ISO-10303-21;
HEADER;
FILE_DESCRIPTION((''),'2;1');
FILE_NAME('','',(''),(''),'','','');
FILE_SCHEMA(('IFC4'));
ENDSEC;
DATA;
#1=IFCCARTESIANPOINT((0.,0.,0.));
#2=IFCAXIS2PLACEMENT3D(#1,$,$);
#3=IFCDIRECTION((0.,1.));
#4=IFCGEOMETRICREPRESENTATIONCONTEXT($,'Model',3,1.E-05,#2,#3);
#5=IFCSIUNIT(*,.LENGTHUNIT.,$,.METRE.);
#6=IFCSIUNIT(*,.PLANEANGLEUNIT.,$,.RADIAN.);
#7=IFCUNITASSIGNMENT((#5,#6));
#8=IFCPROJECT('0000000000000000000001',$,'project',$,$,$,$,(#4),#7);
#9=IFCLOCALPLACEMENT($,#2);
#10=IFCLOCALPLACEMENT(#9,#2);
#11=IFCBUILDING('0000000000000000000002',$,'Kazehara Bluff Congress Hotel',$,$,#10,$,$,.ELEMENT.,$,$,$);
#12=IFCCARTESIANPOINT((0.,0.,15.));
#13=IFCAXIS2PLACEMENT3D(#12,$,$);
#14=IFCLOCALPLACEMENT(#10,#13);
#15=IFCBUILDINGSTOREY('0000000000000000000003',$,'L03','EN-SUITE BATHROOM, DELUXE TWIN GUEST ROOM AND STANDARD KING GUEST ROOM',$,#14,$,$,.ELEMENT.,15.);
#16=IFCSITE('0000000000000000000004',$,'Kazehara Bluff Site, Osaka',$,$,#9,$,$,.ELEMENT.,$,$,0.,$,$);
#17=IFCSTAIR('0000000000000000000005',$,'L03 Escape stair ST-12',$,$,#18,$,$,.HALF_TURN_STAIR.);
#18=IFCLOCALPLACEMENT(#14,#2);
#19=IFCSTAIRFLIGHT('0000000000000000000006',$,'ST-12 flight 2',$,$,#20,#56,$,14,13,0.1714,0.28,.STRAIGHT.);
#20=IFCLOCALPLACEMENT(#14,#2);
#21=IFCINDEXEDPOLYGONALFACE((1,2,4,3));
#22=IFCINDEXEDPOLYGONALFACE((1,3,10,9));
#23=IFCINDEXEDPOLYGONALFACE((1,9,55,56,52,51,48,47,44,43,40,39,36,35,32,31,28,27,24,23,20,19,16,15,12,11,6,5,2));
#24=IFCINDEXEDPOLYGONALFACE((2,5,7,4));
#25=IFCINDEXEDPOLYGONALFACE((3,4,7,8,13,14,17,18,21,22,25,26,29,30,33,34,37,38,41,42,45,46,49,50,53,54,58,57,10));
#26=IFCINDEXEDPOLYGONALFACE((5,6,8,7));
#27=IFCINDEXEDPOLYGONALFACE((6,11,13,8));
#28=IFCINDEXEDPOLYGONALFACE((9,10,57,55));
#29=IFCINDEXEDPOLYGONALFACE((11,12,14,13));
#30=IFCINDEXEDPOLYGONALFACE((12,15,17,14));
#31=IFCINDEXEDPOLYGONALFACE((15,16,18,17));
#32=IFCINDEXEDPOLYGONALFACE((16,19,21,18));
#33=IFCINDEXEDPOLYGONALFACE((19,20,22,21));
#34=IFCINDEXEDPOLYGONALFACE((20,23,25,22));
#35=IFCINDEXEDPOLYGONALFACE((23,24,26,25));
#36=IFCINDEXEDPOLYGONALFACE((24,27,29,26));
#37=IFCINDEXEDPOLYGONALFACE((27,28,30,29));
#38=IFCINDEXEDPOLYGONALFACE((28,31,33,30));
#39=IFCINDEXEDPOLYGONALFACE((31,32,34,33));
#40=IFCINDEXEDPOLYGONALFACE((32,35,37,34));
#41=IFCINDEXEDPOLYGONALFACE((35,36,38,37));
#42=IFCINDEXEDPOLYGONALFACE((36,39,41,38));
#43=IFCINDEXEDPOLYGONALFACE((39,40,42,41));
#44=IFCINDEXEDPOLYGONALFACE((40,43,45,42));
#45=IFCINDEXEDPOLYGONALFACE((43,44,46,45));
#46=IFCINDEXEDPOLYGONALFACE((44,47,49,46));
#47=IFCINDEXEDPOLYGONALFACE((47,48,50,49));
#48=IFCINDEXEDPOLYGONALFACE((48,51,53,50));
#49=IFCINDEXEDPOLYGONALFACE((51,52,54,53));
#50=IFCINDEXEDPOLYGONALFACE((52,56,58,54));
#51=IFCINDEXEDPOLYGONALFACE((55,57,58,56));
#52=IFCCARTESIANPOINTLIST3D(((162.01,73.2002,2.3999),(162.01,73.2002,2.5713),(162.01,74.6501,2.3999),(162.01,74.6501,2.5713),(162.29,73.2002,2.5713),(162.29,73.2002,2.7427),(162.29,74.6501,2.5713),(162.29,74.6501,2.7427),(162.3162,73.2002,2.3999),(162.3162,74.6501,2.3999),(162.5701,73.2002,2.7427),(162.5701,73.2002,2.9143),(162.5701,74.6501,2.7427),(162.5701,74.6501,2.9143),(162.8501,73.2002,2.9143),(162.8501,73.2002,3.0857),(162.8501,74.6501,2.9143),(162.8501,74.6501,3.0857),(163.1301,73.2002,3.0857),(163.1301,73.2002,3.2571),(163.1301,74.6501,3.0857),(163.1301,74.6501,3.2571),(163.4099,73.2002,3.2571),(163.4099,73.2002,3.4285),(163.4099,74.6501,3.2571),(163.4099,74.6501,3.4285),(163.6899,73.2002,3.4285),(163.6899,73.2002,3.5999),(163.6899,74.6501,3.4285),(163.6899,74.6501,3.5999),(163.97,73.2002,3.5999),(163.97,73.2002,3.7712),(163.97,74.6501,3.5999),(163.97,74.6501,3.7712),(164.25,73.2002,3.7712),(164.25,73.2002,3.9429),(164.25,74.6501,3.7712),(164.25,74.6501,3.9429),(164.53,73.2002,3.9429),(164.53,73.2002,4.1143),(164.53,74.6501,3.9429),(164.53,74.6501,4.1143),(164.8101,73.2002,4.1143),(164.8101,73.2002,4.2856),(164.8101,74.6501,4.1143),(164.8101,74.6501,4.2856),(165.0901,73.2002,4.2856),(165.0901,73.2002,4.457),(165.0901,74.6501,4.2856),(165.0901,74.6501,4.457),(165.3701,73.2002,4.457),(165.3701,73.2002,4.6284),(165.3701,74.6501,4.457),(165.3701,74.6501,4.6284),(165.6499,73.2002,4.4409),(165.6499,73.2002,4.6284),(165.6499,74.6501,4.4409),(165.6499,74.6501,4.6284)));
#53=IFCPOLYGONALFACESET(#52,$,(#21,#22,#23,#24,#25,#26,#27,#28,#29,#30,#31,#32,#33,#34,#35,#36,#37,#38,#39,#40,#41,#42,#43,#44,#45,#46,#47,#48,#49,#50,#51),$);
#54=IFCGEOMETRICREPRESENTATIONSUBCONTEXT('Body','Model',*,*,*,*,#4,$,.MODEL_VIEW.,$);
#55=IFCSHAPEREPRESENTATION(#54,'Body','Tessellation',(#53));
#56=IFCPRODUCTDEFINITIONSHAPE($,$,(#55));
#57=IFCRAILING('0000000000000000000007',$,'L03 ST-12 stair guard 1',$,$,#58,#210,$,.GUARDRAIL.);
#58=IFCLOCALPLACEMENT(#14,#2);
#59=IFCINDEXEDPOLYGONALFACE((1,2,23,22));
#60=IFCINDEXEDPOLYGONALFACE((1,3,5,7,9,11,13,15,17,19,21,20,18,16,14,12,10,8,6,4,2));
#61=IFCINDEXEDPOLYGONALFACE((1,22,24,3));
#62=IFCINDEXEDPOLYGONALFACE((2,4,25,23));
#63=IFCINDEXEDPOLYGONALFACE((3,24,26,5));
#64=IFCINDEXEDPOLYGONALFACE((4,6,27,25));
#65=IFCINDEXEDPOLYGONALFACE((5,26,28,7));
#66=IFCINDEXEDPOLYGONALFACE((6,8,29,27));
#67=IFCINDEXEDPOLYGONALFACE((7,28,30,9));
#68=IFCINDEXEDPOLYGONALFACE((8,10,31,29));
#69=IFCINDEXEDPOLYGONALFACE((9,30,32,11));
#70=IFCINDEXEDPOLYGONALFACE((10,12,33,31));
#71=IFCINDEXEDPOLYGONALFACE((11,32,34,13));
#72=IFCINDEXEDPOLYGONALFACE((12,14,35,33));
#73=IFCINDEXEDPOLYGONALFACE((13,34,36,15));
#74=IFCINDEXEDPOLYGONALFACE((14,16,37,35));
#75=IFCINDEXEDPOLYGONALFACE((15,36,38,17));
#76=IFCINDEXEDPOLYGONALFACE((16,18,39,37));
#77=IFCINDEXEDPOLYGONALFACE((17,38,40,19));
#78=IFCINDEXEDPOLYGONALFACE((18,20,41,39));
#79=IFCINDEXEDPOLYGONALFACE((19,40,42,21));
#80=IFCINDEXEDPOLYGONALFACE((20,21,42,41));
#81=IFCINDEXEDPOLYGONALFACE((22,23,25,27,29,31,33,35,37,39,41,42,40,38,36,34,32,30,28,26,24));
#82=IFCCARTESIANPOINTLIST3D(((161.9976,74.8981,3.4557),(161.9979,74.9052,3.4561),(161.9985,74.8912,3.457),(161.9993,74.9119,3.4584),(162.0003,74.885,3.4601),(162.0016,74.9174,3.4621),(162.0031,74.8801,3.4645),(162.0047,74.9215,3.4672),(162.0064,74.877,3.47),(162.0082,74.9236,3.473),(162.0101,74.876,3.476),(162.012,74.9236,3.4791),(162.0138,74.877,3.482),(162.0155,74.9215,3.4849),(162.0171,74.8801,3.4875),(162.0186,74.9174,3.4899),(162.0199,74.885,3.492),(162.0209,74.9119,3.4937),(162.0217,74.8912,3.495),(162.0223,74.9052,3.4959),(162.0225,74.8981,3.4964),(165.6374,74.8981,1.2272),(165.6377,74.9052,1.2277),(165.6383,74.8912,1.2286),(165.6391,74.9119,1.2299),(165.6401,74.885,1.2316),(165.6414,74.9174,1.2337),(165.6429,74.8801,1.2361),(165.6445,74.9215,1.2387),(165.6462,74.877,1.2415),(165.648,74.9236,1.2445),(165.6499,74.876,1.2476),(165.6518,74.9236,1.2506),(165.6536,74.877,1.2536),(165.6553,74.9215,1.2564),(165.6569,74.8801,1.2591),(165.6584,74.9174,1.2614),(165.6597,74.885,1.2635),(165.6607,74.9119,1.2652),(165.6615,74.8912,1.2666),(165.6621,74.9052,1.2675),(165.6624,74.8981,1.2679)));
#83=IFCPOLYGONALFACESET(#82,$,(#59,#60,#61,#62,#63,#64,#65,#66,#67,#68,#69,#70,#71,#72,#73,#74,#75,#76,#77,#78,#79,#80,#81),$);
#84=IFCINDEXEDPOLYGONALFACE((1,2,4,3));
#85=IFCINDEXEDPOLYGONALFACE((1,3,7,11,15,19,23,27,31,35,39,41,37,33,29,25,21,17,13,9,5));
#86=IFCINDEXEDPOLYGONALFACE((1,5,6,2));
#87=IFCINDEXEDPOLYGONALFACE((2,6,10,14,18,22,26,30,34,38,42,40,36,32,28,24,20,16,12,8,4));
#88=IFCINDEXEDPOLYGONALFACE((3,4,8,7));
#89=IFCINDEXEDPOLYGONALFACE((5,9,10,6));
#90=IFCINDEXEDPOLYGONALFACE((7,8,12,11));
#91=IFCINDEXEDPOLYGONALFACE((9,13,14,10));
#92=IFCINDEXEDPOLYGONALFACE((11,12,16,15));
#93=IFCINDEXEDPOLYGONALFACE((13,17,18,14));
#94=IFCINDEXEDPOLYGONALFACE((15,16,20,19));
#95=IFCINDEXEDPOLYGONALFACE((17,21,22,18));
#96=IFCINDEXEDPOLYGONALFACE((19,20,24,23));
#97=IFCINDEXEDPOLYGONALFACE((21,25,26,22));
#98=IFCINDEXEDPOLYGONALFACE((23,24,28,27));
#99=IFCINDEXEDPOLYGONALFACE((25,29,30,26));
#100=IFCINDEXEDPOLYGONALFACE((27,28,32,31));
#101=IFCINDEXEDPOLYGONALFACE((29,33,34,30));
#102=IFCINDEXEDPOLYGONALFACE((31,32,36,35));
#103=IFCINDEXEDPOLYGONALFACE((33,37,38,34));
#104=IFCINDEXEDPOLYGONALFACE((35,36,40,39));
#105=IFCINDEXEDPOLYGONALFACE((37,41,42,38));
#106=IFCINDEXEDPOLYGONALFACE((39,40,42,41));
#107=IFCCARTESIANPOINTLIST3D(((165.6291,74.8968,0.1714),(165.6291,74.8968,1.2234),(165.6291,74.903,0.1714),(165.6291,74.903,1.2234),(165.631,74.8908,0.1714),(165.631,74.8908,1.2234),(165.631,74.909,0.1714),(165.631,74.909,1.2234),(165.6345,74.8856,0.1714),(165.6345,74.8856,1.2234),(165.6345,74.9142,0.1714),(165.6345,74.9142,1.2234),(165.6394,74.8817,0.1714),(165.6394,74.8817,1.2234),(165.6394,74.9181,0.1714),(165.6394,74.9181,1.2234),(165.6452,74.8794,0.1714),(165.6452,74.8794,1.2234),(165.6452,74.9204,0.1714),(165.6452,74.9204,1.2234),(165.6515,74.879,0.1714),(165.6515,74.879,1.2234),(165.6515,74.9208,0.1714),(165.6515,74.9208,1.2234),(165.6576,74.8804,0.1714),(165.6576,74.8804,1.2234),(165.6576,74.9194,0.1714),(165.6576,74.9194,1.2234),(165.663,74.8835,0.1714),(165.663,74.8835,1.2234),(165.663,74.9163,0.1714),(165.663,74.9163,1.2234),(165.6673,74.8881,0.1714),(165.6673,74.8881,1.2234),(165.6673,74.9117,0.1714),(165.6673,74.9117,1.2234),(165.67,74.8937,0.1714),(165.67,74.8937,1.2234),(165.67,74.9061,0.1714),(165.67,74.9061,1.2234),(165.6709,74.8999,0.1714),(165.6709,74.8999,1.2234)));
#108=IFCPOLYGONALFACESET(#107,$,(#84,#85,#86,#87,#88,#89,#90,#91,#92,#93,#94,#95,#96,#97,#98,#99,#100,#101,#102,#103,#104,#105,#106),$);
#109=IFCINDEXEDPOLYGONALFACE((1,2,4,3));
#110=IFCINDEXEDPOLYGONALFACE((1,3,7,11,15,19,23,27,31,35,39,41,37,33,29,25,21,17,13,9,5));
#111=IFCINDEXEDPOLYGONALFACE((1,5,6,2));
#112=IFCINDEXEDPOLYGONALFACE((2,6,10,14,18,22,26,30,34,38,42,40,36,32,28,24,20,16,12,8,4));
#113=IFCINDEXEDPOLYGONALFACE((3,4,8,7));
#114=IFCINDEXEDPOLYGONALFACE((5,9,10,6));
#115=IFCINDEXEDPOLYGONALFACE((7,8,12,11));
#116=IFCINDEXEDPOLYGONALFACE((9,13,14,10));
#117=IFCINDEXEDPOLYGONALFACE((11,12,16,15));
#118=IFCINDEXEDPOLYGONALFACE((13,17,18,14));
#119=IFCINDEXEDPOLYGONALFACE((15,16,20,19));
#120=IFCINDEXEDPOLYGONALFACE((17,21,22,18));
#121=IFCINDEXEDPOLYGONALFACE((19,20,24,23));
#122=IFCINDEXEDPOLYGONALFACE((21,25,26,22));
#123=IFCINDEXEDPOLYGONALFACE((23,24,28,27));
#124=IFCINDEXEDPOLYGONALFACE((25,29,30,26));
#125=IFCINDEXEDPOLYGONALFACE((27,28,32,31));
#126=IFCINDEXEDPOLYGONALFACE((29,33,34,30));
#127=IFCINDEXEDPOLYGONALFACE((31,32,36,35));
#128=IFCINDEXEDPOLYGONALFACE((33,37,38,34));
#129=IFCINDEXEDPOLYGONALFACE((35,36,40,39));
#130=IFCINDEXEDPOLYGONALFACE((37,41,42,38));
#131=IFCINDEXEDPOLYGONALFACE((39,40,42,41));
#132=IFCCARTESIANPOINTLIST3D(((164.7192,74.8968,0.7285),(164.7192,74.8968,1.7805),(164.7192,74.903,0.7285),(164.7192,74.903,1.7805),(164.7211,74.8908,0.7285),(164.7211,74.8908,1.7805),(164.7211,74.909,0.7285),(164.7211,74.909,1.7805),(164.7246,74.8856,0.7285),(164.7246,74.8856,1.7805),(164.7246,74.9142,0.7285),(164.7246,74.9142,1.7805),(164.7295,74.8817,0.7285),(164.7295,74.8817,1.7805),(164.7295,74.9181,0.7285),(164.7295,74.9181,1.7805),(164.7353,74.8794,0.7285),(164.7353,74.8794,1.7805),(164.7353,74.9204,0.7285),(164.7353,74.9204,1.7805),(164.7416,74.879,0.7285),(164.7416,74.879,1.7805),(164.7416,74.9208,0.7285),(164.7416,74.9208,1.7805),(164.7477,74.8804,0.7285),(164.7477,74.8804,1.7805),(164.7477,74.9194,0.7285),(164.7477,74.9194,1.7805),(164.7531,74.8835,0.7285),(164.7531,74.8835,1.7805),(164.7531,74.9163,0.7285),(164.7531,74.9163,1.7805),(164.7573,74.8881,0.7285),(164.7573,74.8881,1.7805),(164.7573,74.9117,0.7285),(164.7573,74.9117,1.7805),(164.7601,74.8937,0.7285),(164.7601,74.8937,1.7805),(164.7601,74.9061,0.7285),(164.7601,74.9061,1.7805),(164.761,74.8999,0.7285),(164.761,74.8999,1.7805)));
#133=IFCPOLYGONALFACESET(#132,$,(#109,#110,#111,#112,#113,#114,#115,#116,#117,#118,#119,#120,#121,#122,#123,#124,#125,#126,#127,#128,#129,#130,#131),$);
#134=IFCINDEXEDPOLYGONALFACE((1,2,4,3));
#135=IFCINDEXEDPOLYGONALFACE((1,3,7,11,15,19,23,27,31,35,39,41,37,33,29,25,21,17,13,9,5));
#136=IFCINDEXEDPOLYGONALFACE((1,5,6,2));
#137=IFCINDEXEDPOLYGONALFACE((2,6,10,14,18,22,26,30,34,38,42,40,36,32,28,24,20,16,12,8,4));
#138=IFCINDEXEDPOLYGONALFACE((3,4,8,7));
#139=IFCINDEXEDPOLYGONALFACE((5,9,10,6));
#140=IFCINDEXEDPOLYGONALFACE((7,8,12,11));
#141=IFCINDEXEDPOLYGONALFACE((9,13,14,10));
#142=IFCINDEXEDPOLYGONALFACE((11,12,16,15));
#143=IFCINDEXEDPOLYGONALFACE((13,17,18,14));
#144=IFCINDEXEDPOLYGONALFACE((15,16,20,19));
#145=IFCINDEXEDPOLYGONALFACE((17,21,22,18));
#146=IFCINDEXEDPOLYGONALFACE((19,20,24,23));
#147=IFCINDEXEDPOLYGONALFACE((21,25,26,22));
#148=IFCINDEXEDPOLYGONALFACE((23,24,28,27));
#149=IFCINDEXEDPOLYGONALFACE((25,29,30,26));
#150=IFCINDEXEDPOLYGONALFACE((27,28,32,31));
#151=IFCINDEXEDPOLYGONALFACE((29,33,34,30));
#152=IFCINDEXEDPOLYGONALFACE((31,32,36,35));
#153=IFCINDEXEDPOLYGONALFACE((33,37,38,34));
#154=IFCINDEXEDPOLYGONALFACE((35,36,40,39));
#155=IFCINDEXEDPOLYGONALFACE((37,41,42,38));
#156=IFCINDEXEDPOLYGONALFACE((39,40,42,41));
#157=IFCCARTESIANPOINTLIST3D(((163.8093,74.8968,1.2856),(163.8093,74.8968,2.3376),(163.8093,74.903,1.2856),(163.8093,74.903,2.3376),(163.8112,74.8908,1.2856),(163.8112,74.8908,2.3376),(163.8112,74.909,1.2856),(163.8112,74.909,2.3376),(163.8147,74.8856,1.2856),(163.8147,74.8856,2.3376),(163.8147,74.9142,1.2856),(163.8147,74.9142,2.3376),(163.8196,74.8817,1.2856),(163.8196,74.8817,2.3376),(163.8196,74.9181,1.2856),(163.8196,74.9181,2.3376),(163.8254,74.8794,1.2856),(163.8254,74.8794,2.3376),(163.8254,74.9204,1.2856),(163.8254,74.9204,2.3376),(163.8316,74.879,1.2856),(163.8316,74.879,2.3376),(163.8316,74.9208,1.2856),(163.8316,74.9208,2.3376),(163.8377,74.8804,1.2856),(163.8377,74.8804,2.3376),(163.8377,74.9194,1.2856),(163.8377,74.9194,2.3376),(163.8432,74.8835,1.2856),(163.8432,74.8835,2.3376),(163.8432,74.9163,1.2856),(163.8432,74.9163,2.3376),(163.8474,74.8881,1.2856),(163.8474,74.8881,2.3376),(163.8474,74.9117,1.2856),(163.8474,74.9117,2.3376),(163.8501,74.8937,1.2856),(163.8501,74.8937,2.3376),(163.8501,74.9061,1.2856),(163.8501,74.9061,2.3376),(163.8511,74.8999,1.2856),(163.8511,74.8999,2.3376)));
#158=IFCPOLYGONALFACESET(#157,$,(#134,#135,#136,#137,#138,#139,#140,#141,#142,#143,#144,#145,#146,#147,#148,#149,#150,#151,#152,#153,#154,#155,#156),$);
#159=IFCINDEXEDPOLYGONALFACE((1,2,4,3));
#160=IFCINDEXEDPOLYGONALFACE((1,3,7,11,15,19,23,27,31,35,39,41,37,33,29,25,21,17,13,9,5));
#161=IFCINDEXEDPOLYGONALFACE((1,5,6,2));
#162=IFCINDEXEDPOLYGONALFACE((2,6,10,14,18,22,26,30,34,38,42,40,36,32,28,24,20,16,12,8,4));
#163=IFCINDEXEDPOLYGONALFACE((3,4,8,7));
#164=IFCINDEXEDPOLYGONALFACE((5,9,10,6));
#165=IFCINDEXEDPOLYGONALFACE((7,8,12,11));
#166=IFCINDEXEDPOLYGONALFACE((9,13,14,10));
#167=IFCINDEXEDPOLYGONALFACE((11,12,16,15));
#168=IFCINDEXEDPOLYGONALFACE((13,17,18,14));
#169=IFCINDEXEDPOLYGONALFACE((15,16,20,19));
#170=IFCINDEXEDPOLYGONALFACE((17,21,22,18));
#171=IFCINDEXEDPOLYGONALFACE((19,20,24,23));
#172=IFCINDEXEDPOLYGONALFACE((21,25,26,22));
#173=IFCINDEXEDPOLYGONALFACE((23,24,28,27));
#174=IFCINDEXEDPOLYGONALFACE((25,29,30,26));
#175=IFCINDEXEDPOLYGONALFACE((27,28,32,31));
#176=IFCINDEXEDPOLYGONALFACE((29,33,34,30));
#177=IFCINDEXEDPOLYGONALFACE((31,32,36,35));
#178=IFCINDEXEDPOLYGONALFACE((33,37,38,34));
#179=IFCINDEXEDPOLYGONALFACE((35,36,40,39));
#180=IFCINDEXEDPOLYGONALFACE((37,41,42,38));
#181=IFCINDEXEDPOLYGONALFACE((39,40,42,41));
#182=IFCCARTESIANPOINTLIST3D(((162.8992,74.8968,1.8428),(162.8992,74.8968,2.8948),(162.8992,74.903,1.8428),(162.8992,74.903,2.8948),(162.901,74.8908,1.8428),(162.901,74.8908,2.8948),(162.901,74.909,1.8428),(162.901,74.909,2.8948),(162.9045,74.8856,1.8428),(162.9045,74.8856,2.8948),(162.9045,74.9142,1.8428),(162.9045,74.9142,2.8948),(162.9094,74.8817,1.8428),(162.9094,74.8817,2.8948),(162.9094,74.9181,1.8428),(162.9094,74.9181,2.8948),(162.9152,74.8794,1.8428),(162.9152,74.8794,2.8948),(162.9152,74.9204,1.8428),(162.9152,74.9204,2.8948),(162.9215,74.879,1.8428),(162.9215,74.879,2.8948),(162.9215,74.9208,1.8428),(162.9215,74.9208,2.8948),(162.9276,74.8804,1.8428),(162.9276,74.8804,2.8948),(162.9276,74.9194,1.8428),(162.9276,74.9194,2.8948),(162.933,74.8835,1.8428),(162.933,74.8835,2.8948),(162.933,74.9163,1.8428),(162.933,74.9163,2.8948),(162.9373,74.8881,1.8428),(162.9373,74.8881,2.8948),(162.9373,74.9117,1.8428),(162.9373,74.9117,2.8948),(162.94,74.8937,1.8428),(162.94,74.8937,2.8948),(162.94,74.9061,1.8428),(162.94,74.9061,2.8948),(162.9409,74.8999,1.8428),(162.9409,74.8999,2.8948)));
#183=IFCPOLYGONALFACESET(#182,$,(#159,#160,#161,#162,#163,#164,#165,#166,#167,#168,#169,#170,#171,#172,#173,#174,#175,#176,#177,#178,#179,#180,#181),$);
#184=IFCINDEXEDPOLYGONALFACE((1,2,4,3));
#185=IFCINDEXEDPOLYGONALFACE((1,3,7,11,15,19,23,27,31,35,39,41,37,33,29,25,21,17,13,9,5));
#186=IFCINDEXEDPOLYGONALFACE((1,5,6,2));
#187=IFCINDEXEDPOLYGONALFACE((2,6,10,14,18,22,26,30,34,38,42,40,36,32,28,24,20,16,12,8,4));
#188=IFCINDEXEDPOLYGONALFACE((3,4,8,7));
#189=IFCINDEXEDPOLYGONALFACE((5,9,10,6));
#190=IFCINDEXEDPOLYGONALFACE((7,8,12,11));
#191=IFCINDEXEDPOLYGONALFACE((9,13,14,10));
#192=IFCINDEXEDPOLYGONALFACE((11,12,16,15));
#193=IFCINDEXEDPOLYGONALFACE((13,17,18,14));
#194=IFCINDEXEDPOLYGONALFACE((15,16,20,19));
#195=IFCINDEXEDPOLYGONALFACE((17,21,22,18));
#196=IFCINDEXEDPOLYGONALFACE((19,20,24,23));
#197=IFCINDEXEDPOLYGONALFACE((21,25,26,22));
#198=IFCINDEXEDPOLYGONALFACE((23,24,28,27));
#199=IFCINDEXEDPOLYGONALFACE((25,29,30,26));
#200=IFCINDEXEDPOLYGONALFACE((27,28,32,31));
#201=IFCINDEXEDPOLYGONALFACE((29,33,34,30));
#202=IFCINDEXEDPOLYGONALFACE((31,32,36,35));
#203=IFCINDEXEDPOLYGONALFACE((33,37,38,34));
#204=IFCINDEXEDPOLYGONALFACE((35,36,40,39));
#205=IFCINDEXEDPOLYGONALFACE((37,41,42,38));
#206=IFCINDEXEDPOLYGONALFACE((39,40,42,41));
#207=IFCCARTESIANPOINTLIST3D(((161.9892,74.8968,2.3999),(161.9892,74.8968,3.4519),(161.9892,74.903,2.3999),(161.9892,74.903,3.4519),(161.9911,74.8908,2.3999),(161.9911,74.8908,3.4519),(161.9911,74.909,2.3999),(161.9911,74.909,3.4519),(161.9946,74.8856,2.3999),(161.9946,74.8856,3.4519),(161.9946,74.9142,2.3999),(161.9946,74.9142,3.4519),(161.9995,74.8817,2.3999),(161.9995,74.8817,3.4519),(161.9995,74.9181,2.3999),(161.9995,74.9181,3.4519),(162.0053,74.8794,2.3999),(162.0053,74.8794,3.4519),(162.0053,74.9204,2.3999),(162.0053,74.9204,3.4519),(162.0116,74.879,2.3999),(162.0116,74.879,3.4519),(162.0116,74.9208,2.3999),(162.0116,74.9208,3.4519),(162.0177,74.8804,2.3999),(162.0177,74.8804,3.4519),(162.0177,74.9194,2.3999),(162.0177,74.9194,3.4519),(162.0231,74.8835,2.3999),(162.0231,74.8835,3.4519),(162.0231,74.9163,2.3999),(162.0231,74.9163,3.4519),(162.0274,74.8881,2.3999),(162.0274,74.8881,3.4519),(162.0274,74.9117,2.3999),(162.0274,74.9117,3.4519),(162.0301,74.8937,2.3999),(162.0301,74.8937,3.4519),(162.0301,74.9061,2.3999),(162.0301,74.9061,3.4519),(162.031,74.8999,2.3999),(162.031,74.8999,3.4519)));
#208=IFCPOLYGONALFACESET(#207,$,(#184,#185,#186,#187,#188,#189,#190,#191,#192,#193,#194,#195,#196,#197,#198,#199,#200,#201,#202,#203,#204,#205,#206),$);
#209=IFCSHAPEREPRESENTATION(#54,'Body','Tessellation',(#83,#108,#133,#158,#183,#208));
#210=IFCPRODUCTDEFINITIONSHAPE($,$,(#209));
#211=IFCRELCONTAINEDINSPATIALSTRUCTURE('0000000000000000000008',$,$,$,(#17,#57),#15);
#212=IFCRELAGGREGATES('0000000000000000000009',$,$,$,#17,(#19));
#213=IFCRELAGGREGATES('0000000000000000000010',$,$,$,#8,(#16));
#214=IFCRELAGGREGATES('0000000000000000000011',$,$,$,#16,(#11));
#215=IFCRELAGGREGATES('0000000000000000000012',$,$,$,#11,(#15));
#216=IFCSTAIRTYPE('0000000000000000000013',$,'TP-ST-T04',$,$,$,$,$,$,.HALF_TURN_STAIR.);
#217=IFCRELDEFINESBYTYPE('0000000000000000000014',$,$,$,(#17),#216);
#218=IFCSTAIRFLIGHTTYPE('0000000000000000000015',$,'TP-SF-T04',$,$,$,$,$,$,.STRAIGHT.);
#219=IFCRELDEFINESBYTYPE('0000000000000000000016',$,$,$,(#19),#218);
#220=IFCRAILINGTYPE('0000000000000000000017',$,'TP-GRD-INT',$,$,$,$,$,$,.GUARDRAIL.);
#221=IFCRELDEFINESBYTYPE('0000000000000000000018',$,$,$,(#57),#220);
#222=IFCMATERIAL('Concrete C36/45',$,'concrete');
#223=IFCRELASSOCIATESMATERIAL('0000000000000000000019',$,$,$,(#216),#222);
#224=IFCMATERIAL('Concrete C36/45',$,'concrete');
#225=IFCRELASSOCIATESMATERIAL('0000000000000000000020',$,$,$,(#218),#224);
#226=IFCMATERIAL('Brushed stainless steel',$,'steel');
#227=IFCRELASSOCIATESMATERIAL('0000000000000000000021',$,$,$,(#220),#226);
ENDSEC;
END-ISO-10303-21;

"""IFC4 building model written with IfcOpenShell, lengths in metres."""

from ifc_helpers import new_model, si_unit, direction, frame, origin, origin_2d, place, context, subcontext, project, spatial, polyline, circle, outline, extrude, material, type_object, element, aggregate, save


model = new_model("IFC4")

# Units and contexts
model_context = context("Model", 3, precision=1e-05, world=origin(), true_north=direction((0.0, 1.0)))
body_context = subcontext(model_context, "Body", "Model", "MODEL_VIEW")
ifc_project = project(units=[si_unit("LENGTHUNIT", "METRE"), si_unit("PLANEANGLEUNIT", "RADIAN")], contexts=[model_context])

# Site, building, storey
site_placement = place(None, origin())
site = spatial("IfcSite", under=ifc_project, at=site_placement, Name="Kazehara Bluff Site, Osaka", CompositionType="ELEMENT", RefElevation=0.0)
building_placement = place(site_placement, origin())
building = spatial("IfcBuilding", under=site, at=building_placement, Name="Kazehara Bluff Congress Hotel", CompositionType="ELEMENT")
storey_placement = place(building_placement, frame((0.0, 0.0, 15.0)))
storey = spatial("IfcBuildingStorey", under=building, at=storey_placement, Name="L03", Description="EN-SUITE BATHROOM, DELUXE TWIN GUEST ROOM AND STANDARD KING GUEST ROOM", CompositionType="ELEMENT", Elevation=15.0)

# Stair, stair flight
ifc_material_1 = material(Name="Concrete C36/45", Category="concrete")
stair_type = type_object("IfcStairType", Name="TP-ST-T04", PredefinedType="HALF_TURN_STAIR", material=ifc_material_1)
stair_placement = place(storey_placement, origin())
stair = element("IfcStair", 1, at=stair_placement, inside=storey, type_object=stair_type, Name="L03 Escape stair ST-12", PredefinedType="HALF_TURN_STAIR")
ifc_material_2 = material(Name="Concrete C36/45", Category="concrete")
stair_flight_type = type_object("IfcStairFlightType", Name="TP-SF-T04", PredefinedType="STRAIGHT", material=ifc_material_2)
stair_flight_1_placement = place(storey_placement, frame((162.01, 73.925, 2.3999), z_axis=(0.0, 0.0, 1.0), x_axis=(1.0, 0.0, 0.0)))
stair_flight_1 = element("IfcStairFlight", 2, at=stair_flight_1_placement, type_object=stair_flight_type, Name="ST-12 flight 2", NumberOfRisers=14, NumberOfTreads=13, PredefinedType="STRAIGHT", RiserHeight=0.1714, TreadLength=0.28, context=body_context, shape_type="SweptSolid", body=[
    extrude(outline(polyline([(0.0, 0.0), (0.0, 0.1714), (0.28, 0.1714), (0.28, 0.3428), (0.5601, 0.3428), (0.5601, 0.5144), (0.8401, 0.5144), (0.8401, 0.6858), (1.1201, 0.6858), (1.1201, 0.8572), (1.3999, 0.8572), (1.3999, 1.0286), (1.6799, 1.0286), (1.6799, 1.2), (1.96, 1.2), (1.96, 1.3713), (2.24, 1.3713), (2.24, 1.543), (2.52, 1.543), (2.52, 1.7144), (2.8, 1.7144), (2.8, 1.8857), (3.0801, 1.8857), (3.0801, 2.0571), (3.3601, 2.0571), (3.3601, 2.2285), (3.6399, 2.2285), (3.6399, 2.3999), (3.6399, 2.041), (0.3062, 0.0), (0.0, 0.0)])), frame((0.0, 0.7251, 0.0), z_axis=(0.0, -1.0, 0.0), x_axis=(1.0, 0.0, 0.0)), (0.0, 0.0, 1.0), 1.45),
])
aggregate(stair, [stair_flight_1])

# Railing
ifc_material_3 = material(Name="Brushed stainless steel", Category="steel")
railing_type_1 = type_object("IfcRailingType", Name="TP-GRD-INT", PredefinedType="GUARDRAIL", material=ifc_material_3)
railing_1_placement = place(storey_placement, frame((165.6499, 74.8999, 0.1714)))
element("IfcRailing", 3, at=railing_1_placement, inside=storey, type_object=railing_type_1, Name="L03 ST-12 stair guard 1", PredefinedType="GUARDRAIL", context=body_context, shape_type="SweptSolid", body=[
    extrude(circle(Radius=0.0239, at=origin_2d()), frame((0.0, 0.0, 1.0762), z_axis=(-0.85285, 0.0, 0.522156), x_axis=(0.0, -1.0, 0.0)), (0.0, 0.0, 1.0), 4.2678),
    extrude(circle(Radius=0.021, at=origin_2d()), origin(), (0.0, 0.0, 1.0), 1.052),
    extrude(circle(Radius=0.021, at=origin_2d()), frame((-0.9099, 0.0, 0.5571)), (0.0, 0.0, 1.0), 1.052),
    extrude(circle(Radius=0.021, at=origin_2d()), frame((-1.8198, 0.0, 1.1143)), (0.0, 0.0, 1.0), 1.052),
    extrude(circle(Radius=0.021, at=origin_2d()), frame((-2.73, 0.0, 1.6714)), (0.0, 0.0, 1.0), 1.052),
    extrude(circle(Radius=0.021, at=origin_2d()), frame((-3.6399, 0.0, 2.2285)), (0.0, 0.0, 1.0), 1.052),
])

save(model, "model.ifc")
